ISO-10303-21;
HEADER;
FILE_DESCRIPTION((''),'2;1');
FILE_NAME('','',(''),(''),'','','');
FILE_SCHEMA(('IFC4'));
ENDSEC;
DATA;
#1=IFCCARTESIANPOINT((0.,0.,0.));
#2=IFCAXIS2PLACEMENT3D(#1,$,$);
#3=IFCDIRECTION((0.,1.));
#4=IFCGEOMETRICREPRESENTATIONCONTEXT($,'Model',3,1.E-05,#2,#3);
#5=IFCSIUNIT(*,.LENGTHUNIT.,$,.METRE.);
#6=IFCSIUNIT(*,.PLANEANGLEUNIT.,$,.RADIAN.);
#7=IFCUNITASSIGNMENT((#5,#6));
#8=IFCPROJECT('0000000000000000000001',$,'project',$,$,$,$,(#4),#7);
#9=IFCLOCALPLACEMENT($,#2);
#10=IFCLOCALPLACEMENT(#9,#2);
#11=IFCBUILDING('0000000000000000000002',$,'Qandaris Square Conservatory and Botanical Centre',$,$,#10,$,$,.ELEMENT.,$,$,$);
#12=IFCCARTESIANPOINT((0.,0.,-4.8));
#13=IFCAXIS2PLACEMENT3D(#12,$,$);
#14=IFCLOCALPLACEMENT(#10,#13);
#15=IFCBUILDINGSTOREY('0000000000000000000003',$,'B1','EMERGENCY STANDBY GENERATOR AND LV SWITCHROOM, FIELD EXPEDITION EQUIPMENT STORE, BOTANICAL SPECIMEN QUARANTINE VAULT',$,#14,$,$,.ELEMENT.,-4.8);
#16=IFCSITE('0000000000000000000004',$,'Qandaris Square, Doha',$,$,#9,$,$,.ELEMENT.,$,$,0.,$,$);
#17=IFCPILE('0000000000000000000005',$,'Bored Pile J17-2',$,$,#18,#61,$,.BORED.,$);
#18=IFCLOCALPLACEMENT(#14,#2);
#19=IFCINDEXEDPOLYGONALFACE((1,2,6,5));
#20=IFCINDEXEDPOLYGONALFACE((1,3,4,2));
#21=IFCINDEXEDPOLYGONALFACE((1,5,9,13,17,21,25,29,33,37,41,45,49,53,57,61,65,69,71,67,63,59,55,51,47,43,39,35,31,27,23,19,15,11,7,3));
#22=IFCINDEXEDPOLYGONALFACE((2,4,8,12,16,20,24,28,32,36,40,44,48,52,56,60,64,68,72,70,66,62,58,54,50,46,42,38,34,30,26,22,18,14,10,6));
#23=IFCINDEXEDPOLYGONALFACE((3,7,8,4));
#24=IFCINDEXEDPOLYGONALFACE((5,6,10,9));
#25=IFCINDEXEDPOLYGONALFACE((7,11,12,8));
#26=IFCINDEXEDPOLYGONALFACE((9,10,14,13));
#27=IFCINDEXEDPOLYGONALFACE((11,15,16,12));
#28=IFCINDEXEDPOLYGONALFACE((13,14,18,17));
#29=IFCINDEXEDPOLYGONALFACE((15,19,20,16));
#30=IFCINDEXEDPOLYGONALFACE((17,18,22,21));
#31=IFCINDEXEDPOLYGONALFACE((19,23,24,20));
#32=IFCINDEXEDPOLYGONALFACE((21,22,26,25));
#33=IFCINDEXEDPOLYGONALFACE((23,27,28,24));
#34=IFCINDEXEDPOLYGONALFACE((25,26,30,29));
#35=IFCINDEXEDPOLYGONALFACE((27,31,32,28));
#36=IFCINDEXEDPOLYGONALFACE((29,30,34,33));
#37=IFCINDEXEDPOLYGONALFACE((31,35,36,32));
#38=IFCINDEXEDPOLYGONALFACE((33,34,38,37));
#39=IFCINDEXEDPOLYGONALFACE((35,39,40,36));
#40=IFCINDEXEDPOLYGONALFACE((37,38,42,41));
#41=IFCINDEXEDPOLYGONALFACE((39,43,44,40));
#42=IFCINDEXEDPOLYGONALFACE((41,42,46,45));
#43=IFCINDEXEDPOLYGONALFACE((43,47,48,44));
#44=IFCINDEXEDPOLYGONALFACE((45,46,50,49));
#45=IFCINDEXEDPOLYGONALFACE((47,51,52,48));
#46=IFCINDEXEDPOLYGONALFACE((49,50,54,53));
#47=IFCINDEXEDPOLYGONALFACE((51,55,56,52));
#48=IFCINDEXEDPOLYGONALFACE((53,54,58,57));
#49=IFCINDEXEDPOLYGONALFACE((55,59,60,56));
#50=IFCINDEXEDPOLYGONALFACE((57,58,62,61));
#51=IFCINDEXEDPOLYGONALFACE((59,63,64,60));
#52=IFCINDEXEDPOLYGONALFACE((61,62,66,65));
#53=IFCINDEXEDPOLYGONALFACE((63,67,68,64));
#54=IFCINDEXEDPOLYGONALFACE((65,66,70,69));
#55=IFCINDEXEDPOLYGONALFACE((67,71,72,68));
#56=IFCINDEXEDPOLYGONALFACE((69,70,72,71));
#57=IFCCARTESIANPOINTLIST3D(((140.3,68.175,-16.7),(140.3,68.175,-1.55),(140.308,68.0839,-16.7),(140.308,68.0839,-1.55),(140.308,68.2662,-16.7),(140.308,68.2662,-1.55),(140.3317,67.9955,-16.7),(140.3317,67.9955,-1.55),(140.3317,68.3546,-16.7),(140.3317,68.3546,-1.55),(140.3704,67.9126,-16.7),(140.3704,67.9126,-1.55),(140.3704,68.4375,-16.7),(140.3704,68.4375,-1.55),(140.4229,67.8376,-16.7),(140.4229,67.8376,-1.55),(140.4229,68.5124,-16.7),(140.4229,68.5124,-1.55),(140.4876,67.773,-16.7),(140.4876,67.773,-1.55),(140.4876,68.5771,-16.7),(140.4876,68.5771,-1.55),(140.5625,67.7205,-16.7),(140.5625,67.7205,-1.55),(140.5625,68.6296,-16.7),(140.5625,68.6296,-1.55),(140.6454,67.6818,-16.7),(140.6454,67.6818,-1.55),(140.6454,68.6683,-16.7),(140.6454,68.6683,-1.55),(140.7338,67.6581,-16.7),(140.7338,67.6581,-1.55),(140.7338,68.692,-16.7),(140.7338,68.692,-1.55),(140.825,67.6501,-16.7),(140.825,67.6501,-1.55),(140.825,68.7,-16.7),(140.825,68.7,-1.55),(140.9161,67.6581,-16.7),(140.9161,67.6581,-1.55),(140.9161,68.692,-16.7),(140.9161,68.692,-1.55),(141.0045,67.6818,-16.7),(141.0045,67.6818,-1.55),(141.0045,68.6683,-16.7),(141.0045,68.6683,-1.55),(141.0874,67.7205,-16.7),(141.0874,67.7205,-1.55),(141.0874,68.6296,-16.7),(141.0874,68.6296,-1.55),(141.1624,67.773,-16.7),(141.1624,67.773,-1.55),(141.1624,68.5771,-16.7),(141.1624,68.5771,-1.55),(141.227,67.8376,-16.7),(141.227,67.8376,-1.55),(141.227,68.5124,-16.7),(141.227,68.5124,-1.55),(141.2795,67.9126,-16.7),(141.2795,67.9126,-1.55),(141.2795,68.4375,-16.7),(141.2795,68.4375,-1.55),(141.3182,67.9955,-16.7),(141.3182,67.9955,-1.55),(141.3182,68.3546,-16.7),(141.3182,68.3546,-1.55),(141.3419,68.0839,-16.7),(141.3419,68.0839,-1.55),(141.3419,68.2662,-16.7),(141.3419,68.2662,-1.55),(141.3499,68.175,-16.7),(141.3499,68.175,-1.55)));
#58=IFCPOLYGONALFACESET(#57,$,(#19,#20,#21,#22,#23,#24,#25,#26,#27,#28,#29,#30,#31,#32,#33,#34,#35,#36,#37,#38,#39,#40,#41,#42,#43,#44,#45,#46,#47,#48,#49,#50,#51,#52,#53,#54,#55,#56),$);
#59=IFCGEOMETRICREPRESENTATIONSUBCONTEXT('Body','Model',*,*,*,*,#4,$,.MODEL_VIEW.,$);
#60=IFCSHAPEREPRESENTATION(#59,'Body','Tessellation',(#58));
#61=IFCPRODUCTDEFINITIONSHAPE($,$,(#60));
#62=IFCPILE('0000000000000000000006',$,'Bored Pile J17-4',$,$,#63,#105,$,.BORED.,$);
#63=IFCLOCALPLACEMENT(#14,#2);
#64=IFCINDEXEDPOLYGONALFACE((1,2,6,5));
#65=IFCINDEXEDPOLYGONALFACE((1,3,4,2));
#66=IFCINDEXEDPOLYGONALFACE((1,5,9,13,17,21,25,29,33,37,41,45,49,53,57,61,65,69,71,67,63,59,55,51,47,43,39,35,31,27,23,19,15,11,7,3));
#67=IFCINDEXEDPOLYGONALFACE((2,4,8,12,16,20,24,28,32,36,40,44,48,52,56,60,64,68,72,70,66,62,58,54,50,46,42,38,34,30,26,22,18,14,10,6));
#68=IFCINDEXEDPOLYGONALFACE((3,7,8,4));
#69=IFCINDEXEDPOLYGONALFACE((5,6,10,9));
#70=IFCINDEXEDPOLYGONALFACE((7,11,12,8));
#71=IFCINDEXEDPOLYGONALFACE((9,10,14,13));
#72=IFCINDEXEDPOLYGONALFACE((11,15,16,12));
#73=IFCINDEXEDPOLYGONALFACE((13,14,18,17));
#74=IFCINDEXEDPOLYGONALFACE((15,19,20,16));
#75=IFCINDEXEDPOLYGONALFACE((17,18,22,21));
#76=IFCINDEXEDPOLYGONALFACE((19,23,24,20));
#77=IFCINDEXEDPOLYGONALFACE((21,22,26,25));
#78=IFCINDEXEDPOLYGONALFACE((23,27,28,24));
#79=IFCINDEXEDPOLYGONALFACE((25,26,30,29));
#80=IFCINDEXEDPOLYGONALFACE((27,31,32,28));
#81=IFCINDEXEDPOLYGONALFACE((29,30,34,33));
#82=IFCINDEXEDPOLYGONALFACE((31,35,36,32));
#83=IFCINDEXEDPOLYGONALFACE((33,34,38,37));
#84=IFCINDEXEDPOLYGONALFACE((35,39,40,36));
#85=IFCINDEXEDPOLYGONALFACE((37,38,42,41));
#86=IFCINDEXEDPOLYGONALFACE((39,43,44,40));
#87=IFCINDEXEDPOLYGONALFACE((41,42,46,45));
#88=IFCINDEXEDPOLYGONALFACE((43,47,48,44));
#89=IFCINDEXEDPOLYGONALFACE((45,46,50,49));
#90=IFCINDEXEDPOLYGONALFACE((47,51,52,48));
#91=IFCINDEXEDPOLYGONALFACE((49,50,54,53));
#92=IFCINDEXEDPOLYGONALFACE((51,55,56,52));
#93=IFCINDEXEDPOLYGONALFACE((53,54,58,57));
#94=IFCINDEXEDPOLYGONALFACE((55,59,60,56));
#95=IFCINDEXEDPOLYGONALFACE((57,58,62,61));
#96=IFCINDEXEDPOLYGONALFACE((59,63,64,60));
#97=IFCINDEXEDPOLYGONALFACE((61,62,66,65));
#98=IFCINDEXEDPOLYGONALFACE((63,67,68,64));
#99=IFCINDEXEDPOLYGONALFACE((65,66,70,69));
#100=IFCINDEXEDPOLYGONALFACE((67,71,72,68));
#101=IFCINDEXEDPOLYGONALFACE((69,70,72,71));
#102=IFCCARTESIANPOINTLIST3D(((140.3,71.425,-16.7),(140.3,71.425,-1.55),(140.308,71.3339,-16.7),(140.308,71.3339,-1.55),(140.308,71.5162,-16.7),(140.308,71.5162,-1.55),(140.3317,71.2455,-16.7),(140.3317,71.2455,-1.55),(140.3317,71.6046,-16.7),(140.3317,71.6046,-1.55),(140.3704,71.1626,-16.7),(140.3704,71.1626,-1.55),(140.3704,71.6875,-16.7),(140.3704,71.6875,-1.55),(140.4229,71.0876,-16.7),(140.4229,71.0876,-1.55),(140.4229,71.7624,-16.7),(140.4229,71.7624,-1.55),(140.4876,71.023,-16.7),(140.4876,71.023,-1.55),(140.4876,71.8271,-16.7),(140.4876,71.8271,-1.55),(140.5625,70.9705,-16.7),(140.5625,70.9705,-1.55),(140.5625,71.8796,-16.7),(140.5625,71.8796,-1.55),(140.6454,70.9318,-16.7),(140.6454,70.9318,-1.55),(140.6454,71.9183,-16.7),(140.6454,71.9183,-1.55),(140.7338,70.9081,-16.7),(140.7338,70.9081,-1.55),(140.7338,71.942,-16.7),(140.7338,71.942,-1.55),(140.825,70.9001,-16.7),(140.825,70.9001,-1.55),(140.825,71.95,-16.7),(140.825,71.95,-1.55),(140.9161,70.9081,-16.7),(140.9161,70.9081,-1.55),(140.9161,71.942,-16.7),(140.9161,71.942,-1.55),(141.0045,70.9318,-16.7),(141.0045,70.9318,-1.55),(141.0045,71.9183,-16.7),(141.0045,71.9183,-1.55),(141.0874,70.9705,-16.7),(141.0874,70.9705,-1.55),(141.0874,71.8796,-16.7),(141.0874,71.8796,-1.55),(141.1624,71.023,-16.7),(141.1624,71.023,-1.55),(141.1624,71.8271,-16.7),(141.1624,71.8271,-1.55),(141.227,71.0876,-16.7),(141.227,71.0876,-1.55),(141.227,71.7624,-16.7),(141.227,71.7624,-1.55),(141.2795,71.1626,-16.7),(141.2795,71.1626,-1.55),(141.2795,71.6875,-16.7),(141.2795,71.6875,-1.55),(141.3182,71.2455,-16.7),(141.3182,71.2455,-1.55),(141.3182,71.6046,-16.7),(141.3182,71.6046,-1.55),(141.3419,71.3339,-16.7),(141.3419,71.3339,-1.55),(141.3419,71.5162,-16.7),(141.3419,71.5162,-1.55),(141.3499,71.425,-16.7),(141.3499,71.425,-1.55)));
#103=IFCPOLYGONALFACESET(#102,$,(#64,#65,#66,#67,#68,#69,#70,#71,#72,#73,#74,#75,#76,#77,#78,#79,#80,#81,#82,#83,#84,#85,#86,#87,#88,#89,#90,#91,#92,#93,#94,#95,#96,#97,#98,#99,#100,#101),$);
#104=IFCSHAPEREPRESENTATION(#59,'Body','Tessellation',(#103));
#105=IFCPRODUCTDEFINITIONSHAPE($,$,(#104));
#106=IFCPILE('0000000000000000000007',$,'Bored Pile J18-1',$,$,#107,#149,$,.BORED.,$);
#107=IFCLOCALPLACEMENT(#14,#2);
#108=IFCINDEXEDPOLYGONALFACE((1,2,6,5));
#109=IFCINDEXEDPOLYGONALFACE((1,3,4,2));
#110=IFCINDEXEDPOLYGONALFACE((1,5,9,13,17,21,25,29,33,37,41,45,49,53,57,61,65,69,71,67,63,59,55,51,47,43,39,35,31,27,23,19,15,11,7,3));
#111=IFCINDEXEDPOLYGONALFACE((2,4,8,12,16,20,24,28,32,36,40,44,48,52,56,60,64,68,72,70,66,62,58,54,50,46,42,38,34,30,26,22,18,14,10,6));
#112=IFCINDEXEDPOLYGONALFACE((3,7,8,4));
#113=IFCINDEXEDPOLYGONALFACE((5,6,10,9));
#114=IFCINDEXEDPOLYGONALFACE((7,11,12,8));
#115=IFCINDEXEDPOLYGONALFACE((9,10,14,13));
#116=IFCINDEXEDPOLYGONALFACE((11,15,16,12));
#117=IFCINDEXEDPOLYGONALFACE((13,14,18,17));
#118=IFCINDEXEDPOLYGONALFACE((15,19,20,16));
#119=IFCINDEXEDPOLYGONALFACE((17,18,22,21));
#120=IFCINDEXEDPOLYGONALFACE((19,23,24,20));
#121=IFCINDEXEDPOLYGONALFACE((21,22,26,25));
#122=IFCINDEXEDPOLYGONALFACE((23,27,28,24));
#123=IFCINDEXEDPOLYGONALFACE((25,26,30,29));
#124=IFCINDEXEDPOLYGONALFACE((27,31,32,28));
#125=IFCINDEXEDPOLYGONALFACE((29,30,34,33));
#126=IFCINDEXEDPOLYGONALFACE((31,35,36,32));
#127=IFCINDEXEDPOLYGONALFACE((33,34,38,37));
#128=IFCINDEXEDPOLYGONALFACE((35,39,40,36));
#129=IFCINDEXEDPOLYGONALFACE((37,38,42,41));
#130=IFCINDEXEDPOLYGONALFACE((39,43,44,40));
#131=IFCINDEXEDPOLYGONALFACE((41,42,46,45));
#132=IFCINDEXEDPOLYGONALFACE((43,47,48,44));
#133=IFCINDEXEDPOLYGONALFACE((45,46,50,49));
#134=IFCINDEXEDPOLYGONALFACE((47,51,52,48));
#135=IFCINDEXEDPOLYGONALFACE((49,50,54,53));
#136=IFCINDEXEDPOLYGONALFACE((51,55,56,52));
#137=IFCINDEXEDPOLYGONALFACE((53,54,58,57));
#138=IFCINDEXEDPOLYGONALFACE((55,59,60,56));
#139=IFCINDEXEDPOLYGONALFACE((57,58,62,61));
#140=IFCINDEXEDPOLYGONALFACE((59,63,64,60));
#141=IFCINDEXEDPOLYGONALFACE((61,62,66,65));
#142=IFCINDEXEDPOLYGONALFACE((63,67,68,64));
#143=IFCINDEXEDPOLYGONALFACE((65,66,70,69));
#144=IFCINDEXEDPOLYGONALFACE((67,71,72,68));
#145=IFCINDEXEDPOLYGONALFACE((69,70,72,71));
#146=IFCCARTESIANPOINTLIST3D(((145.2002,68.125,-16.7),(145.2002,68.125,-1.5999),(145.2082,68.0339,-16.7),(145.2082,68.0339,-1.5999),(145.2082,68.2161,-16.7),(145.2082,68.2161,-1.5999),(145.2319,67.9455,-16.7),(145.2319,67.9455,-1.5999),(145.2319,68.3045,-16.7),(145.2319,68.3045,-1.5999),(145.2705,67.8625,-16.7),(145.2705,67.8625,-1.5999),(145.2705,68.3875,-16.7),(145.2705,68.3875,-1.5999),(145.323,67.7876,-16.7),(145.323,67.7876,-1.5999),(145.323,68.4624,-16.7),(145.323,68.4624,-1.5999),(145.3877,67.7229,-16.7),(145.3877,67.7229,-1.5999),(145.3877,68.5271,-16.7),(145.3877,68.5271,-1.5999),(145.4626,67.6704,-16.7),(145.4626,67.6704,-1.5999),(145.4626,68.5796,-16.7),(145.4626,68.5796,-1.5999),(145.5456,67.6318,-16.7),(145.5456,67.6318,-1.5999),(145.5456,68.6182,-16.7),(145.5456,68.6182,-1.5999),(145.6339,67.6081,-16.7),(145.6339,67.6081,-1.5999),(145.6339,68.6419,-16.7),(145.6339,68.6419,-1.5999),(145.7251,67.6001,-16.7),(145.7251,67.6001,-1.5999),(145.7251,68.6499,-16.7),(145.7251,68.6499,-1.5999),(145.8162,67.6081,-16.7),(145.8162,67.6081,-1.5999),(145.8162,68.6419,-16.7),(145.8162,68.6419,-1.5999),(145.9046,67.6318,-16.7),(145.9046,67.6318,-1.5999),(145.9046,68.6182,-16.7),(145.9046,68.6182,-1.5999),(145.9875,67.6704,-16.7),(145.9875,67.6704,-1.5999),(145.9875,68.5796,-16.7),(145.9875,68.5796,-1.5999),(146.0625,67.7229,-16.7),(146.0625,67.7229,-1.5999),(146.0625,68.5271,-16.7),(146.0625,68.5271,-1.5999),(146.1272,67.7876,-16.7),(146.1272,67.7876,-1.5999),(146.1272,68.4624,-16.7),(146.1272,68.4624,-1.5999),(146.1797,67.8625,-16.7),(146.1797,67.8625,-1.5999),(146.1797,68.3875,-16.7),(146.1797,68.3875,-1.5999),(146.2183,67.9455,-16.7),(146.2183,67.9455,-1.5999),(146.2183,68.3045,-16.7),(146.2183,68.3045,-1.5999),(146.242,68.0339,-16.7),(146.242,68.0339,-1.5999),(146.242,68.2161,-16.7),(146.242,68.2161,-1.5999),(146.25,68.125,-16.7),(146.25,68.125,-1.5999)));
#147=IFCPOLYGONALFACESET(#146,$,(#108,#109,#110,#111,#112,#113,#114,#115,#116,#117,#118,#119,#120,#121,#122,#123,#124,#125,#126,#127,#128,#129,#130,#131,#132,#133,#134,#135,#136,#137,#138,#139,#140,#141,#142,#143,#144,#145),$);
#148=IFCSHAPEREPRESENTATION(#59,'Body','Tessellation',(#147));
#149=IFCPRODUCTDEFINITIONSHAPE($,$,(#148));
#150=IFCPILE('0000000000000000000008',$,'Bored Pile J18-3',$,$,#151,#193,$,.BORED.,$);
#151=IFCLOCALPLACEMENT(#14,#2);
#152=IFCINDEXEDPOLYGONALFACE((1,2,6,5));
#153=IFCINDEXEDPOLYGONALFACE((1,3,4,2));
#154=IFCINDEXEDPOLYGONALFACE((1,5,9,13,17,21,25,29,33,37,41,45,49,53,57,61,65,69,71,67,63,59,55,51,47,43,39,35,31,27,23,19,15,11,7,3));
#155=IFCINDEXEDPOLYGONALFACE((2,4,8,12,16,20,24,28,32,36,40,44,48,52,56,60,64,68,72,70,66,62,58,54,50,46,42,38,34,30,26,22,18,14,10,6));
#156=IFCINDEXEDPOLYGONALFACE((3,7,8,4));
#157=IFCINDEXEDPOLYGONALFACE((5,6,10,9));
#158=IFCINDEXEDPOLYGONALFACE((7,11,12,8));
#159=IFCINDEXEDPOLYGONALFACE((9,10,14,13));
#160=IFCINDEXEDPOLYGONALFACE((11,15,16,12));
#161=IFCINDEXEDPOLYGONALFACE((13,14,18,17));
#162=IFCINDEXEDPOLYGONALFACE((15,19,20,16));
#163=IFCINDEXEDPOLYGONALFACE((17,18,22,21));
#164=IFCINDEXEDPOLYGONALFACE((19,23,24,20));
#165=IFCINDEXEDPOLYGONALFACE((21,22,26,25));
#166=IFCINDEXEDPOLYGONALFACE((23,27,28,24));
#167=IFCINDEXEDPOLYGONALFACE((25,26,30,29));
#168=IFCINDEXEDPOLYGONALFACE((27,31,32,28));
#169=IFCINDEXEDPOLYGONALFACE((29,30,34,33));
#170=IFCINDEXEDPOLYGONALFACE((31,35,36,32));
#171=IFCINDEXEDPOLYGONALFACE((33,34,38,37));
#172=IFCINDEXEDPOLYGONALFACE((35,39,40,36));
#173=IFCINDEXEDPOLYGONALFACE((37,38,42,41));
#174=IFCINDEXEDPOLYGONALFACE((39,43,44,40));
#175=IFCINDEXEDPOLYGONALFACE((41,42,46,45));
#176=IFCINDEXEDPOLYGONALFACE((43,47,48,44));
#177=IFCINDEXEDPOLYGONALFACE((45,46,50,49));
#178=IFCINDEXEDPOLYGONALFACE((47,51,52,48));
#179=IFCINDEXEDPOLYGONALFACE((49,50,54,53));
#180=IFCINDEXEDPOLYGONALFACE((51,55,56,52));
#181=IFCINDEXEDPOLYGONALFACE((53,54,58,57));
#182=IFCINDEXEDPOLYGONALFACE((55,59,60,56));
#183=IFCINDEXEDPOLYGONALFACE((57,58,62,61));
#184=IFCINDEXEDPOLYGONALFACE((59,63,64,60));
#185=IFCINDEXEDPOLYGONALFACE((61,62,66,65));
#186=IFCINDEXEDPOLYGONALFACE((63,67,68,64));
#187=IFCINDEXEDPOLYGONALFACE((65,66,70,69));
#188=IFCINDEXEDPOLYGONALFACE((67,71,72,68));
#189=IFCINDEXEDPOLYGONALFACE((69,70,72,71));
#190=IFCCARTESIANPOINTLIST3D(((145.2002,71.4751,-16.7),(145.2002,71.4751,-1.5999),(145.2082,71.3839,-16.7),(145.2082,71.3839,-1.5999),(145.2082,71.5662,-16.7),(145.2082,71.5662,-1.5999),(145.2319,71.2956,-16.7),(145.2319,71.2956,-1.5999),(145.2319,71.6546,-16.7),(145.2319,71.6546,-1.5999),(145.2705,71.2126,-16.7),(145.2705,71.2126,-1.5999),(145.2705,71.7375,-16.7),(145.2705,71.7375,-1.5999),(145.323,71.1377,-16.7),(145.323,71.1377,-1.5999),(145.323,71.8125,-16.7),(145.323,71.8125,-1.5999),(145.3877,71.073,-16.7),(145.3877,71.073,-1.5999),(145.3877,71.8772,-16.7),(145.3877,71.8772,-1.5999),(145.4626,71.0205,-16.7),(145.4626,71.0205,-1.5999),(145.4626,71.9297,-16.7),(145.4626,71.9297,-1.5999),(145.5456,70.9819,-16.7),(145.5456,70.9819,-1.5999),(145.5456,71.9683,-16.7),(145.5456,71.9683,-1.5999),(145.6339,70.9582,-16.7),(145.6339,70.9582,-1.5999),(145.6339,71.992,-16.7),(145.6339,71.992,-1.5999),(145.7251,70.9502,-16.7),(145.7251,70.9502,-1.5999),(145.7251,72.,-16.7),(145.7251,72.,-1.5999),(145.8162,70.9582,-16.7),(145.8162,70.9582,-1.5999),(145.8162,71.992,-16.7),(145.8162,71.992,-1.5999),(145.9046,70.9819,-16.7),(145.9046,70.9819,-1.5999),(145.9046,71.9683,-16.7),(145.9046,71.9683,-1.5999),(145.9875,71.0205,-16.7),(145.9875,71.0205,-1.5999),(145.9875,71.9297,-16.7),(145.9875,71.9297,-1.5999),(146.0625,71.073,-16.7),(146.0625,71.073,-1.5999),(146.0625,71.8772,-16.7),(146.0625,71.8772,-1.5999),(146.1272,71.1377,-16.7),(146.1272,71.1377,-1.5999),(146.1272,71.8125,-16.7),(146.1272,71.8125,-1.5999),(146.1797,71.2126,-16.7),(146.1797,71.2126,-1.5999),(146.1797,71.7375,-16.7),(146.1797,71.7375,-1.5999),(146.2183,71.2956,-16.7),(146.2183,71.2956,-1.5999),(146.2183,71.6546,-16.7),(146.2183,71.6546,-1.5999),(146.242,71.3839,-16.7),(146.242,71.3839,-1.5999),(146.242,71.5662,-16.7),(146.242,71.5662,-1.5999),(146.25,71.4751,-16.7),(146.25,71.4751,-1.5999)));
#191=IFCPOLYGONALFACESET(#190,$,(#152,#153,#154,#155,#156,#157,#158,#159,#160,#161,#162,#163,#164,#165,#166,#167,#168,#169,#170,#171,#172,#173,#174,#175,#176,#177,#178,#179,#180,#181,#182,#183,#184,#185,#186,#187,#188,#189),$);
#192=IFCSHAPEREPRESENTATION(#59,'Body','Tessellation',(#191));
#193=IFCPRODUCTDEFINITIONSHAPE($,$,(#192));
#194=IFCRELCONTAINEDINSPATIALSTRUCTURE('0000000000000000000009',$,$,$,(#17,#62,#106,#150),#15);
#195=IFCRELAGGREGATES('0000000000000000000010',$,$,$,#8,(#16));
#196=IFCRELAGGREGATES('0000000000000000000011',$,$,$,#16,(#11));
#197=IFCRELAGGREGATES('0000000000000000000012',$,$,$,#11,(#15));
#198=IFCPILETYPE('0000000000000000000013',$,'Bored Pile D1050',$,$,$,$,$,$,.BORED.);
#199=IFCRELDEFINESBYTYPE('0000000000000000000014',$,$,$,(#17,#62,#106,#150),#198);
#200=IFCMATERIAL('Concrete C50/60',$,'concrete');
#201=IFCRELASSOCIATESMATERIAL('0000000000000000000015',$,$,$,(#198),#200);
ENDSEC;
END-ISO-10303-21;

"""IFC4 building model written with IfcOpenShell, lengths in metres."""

from ifc_helpers import new_model, si_unit, direction, frame, origin, origin_2d, place, context, subcontext, project, spatial, circle, extrude, material, material_profile, profile_set, type_object, element, save


model = new_model("IFC4")

# Units and contexts
model_context = context("Model", 3, precision=1e-05, world=origin(), true_north=direction((0.0, 1.0)))
body_context = subcontext(model_context, "Body", "Model", "MODEL_VIEW")
ifc_project = project(units=[si_unit("LENGTHUNIT", "METRE"), si_unit("PLANEANGLEUNIT", "RADIAN")], contexts=[model_context])

# Site, building, storey
site_placement = place(None, origin())
site = spatial("IfcSite", under=ifc_project, at=site_placement, Name="Qandaris Square, Doha", CompositionType="ELEMENT", RefElevation=0.0)
building_placement = place(site_placement, origin())
building = spatial("IfcBuilding", under=site, at=building_placement, Name="Qandaris Square Conservatory and Botanical Centre", CompositionType="ELEMENT")
storey_placement = place(building_placement, frame((0.0, 0.0, -4.8)))
storey = spatial("IfcBuildingStorey", under=building, at=storey_placement, Name="B1", Description="EMERGENCY STANDBY GENERATOR AND LV SWITCHROOM, FIELD EXPEDITION EQUIPMENT STORE, BOTANICAL SPECIMEN QUARANTINE VAULT", CompositionType="ELEMENT", Elevation=-4.8)

# Piles
ifc_material_1 = material(Name="Concrete C50/60", Category="concrete")
ifc_material_profile_1 = material_profile(ifc_material_1, circle(Radius=0.5249, at=origin_2d()), Name="PILE D1050")
ifc_profile_set_1 = profile_set([ifc_material_profile_1], Name="Concrete C50/60")
pile_type_1 = type_object("IfcPileType", Name="Bored Pile D1050", PredefinedType="BORED", material=ifc_profile_set_1)
for number, where, z_axis, x_axis, name in (
    (1, (140.825, 68.175, -1.55), (0.0, 0.0, -1.0), (1.0, 0.0, 0.0), "Bored Pile J17-2"),
    (2, (140.825, 71.425, -1.55), (0.0, 0.0, -1.0), (1.0, 0.0, 0.0), "Bored Pile J17-4"),
):
    element("IfcPile", number, at=place(storey_placement, frame(where, z_axis=z_axis, x_axis=x_axis)), inside=storey, type_object=pile_type_1, Name=name, PredefinedType="BORED", context=body_context, shape_type="SweptSolid", body=[
        extrude(circle(Radius=0.5249, at=origin_2d()), origin(), (0.0, 0.0, 1.0), 15.1499),
    ])
for number, where, z_axis, x_axis, name in (
    (3, (145.7251, 68.125, -1.5999), (0.0, 0.0, -1.0), (1.0, 0.0, 0.0), "Bored Pile J18-1"),
    (4, (145.7251, 71.4751, -1.5999), (0.0, 0.0, -1.0), (1.0, 0.0, 0.0), "Bored Pile J18-3"),
):
    element("IfcPile", number, at=place(storey_placement, frame(where, z_axis=z_axis, x_axis=x_axis)), inside=storey, type_object=pile_type_1, Name=name, PredefinedType="BORED", context=body_context, shape_type="SweptSolid", body=[
        extrude(circle(Radius=0.5249, at=origin_2d()), origin(), (0.0, 0.0, 1.0), 15.1001),
    ])

save(model, "model.ifc")
